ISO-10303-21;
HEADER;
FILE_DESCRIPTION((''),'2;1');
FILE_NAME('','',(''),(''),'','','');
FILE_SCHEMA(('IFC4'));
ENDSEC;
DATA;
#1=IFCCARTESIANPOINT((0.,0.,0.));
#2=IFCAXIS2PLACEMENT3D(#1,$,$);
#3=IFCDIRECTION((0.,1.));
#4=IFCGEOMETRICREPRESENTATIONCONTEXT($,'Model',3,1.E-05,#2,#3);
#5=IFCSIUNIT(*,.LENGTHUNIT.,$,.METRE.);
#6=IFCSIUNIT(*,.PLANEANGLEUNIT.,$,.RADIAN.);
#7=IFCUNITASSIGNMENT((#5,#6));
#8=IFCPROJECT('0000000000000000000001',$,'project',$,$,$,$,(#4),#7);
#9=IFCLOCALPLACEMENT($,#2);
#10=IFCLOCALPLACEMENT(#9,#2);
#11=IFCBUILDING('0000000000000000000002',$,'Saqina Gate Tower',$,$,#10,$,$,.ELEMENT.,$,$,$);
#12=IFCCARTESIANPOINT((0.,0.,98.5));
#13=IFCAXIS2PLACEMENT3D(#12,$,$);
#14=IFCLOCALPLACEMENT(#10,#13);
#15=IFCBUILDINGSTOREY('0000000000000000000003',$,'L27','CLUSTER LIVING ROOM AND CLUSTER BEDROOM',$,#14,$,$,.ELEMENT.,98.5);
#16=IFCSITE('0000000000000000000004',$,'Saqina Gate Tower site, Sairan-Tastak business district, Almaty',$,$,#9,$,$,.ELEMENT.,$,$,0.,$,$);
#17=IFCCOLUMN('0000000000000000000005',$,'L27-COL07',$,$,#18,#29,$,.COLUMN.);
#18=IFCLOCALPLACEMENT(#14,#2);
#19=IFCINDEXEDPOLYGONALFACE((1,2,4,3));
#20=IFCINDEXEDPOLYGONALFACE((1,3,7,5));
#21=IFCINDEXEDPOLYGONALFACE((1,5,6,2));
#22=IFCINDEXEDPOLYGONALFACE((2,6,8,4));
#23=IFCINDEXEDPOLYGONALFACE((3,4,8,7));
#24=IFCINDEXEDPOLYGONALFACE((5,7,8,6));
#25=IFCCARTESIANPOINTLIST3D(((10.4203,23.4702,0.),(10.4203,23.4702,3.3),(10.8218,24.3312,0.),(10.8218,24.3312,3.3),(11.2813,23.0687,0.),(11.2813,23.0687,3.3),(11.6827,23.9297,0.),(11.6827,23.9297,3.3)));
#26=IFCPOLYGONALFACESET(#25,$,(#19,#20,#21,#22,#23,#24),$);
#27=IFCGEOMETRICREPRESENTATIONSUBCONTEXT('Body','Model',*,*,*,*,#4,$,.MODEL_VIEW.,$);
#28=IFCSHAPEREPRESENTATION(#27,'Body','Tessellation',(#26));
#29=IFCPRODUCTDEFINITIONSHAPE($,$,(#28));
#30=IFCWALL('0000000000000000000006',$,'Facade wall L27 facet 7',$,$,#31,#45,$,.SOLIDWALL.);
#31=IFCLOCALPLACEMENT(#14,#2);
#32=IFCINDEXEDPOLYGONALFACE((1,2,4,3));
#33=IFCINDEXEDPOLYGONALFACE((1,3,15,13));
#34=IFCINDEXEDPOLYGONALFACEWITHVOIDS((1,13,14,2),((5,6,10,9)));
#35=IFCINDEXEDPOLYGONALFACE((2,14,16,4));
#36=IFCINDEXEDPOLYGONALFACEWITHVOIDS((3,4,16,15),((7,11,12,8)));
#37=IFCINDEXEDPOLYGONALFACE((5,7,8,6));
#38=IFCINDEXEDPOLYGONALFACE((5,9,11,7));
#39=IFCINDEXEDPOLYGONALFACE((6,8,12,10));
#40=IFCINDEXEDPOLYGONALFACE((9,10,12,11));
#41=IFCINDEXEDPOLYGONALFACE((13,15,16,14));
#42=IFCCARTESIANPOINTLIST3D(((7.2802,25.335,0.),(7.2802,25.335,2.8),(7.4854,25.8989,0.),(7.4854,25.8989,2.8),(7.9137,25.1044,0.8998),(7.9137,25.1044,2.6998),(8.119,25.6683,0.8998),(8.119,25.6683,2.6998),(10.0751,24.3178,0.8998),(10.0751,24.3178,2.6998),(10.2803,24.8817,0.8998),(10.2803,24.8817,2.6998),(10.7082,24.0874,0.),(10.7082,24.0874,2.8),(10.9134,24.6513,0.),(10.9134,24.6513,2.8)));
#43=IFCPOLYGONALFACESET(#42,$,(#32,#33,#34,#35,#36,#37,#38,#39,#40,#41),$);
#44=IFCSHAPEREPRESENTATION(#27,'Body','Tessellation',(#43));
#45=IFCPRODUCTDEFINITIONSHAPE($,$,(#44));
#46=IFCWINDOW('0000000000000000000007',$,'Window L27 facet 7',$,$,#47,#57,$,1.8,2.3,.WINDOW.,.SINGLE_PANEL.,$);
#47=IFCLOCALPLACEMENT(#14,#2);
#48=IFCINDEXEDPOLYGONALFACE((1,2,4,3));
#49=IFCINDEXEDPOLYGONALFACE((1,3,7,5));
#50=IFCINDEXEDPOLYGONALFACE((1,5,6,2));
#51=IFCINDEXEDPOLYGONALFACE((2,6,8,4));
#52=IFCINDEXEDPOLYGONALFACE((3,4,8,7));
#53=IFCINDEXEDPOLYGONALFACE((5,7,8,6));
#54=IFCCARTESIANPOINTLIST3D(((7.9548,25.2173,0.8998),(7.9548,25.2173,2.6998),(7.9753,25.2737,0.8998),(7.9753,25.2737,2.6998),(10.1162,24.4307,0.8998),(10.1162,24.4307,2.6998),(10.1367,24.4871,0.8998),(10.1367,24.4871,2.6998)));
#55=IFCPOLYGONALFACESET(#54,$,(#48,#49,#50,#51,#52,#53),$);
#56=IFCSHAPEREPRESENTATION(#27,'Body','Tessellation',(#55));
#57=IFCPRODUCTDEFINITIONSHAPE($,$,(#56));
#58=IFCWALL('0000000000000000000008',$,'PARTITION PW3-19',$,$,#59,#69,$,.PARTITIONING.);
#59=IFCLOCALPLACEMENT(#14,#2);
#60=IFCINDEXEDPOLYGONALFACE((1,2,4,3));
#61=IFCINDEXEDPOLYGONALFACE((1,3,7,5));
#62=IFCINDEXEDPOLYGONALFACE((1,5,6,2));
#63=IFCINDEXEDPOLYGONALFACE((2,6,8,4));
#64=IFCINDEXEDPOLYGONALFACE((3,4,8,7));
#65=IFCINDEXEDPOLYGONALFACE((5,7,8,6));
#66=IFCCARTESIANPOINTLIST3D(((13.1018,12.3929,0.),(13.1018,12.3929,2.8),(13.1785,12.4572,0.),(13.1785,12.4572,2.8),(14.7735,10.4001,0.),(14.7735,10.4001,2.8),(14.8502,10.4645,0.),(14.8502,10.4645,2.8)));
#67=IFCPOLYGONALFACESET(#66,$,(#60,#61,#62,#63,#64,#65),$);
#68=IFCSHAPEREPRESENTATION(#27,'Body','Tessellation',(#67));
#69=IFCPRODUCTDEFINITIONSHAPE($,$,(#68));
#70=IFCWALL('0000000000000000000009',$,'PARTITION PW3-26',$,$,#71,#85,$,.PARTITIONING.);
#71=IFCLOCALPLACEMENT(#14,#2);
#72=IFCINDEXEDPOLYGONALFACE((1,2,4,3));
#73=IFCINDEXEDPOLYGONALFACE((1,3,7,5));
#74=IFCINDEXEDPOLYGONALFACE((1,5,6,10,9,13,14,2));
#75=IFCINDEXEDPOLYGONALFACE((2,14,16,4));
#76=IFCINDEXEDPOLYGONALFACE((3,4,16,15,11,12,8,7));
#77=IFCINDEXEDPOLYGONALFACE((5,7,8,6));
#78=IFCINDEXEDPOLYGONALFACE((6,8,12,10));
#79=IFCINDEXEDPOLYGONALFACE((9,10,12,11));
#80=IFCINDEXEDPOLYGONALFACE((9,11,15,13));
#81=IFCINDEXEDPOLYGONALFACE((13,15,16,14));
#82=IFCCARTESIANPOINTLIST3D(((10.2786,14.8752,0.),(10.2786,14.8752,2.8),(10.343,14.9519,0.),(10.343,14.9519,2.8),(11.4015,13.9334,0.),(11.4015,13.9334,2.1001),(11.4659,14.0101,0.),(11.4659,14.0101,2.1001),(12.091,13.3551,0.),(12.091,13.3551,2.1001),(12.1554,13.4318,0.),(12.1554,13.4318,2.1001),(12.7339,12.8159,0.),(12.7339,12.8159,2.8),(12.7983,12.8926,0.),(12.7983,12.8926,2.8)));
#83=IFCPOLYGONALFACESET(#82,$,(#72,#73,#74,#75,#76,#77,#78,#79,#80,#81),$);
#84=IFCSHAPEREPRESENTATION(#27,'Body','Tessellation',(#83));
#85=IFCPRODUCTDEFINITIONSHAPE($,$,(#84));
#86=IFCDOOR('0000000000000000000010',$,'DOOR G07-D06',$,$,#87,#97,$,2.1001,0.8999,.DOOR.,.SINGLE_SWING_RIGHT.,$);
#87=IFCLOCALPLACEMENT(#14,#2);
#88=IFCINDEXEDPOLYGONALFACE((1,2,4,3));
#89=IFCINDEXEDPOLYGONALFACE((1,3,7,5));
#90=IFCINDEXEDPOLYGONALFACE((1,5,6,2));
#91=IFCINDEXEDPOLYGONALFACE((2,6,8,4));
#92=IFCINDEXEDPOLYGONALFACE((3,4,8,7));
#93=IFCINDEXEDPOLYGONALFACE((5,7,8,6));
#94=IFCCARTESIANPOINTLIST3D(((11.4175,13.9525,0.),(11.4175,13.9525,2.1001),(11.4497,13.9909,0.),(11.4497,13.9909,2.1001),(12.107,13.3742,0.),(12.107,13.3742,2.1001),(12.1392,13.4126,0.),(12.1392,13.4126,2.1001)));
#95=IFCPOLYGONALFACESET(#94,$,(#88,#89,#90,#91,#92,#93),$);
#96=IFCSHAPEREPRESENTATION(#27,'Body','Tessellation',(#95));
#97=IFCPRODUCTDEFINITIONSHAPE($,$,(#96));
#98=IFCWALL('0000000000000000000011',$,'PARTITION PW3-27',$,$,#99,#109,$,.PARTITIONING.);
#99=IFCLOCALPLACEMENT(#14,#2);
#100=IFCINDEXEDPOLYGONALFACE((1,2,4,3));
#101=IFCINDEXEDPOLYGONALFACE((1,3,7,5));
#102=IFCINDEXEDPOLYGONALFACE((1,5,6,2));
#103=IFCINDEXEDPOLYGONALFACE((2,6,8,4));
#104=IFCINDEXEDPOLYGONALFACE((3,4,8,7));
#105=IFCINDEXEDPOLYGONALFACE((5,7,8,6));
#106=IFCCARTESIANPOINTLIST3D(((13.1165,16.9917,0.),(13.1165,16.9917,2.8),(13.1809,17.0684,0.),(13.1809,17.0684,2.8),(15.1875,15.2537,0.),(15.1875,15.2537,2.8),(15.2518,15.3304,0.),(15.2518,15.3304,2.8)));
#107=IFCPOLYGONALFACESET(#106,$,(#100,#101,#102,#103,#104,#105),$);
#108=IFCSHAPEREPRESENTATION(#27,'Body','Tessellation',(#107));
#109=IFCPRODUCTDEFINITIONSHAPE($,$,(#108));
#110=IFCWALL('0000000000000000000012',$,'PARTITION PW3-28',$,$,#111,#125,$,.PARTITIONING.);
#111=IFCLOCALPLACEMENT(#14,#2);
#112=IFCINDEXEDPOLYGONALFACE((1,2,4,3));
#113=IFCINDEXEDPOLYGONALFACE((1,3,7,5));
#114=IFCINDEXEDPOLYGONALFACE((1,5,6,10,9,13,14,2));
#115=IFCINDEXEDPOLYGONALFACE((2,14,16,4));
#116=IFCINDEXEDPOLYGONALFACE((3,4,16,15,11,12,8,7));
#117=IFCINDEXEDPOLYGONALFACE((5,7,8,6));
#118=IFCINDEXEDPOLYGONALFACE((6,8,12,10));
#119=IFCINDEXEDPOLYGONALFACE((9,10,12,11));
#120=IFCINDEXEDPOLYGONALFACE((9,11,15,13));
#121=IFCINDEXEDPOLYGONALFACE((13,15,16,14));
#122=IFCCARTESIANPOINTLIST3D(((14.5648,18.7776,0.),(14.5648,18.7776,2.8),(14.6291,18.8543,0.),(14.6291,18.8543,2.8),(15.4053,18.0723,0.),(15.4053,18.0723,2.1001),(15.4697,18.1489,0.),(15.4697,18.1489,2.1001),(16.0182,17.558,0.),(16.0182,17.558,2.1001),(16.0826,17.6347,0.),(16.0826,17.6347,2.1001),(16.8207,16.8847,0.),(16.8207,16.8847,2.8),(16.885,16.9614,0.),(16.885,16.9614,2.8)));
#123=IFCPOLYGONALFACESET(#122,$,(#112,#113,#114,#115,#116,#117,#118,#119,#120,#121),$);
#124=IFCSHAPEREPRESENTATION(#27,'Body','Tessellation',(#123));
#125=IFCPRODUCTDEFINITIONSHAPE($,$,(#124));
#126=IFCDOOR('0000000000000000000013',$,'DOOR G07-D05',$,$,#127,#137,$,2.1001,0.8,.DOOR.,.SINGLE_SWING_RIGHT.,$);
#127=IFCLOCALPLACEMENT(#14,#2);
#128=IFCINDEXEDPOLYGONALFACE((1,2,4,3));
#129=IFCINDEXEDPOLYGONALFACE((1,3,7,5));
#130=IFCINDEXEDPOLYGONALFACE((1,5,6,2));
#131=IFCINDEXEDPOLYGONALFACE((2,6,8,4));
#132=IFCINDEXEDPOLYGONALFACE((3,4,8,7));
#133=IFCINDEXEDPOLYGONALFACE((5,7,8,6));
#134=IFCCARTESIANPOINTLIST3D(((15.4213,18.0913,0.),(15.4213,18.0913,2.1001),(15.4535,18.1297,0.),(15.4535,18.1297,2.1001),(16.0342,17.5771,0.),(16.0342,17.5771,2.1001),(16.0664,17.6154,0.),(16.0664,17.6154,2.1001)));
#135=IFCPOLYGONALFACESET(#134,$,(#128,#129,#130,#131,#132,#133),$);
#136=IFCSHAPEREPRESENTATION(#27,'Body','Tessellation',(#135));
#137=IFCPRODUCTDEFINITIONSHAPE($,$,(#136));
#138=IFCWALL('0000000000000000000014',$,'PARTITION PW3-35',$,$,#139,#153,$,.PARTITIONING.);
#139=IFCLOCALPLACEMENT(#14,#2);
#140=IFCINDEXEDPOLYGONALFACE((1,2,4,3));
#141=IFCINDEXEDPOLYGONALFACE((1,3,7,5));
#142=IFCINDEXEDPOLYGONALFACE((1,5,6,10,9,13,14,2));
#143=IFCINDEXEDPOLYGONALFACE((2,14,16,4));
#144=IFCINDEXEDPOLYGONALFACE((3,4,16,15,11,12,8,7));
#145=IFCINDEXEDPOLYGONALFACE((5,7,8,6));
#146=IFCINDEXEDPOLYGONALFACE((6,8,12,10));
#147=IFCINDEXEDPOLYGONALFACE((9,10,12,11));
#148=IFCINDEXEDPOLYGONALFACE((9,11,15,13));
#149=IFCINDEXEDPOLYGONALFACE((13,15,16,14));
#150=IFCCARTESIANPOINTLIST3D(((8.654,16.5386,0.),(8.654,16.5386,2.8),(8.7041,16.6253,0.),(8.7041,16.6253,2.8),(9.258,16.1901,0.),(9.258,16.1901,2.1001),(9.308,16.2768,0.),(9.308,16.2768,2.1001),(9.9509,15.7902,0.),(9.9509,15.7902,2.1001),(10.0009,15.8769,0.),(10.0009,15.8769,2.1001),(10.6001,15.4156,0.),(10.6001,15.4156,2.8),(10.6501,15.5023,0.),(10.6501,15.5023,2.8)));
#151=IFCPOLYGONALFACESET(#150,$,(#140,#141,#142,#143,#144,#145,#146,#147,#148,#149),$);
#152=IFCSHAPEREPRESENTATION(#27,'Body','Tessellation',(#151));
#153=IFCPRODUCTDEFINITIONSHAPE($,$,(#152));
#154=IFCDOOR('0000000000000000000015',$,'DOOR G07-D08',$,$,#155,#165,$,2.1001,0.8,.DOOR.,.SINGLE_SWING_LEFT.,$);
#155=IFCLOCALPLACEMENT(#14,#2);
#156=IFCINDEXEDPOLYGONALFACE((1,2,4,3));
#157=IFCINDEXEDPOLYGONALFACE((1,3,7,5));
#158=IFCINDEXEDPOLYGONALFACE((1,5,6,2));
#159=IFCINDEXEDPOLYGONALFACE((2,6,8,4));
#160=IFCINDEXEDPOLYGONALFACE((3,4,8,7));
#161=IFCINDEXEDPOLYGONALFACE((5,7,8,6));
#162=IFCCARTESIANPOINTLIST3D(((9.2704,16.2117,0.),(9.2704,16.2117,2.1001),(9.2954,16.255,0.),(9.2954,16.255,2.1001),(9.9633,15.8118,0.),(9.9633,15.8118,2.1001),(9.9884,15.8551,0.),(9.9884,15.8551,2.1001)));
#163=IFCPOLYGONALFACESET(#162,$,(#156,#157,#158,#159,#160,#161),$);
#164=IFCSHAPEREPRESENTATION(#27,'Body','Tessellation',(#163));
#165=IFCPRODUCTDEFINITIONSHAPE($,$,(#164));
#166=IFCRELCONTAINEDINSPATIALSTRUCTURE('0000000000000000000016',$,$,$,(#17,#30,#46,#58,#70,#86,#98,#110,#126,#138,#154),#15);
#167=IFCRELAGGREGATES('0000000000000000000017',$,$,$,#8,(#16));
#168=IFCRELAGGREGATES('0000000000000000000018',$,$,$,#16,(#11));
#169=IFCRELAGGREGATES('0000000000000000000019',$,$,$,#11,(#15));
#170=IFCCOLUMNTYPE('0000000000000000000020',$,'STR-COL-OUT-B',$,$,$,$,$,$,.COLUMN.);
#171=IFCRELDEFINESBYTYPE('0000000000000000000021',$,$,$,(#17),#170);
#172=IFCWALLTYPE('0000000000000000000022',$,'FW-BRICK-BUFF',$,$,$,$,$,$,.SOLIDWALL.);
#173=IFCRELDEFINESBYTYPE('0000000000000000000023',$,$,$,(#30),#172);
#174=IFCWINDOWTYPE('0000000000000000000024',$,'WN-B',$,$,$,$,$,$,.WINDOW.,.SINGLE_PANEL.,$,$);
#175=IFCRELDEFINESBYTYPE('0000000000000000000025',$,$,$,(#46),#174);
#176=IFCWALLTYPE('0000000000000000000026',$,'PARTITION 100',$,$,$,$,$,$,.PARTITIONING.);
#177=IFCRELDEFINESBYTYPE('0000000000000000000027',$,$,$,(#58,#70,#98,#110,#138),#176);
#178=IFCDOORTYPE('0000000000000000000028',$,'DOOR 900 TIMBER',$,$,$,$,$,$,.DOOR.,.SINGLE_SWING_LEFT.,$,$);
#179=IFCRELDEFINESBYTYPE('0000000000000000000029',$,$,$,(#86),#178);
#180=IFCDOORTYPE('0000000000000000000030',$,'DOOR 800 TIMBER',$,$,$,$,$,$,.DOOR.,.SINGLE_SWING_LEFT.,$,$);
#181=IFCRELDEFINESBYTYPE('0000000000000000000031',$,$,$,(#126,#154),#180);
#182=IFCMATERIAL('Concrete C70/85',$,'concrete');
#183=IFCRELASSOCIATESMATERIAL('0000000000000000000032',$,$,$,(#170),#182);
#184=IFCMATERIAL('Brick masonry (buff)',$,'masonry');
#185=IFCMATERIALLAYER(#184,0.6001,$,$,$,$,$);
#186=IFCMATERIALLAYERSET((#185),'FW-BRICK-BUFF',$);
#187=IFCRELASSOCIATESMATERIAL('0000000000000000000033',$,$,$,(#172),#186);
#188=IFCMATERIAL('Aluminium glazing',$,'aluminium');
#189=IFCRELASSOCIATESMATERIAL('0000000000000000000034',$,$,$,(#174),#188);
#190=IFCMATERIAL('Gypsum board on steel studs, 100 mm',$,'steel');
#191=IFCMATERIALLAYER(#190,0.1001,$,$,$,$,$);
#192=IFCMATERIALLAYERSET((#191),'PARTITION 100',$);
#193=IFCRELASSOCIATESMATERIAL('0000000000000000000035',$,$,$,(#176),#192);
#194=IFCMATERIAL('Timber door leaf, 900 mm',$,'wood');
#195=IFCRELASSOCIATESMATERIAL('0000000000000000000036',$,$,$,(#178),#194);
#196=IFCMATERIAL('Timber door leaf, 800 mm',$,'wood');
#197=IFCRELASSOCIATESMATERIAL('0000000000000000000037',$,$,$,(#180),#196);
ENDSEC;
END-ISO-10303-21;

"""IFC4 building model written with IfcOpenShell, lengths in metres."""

from ifc_helpers import new_model, si_unit, direction, frame, frame_2d, origin, origin_2d, place, context, subcontext, project, spatial, rectangle, extrude, material, layer, layer_set, material_profile, profile_set, type_object, element, fill, save


model = new_model("IFC4")

# Units and contexts
model_context = context("Model", 3, precision=1e-05, world=origin(), true_north=direction((0.0, 1.0)))
body_context = subcontext(model_context, "Body", "Model", "MODEL_VIEW")
ifc_project = project(units=[si_unit("LENGTHUNIT", "METRE"), si_unit("PLANEANGLEUNIT", "RADIAN")], contexts=[model_context])

# Site, building, storey
site_placement = place(None, origin())
site = spatial("IfcSite", under=ifc_project, at=site_placement, Name="Saqina Gate Tower site, Sairan-Tastak business district, Almaty", CompositionType="ELEMENT", RefElevation=0.0)
building_placement = place(site_placement, origin())
building = spatial("IfcBuilding", under=site, at=building_placement, Name="Saqina Gate Tower", CompositionType="ELEMENT")
storey_placement = place(building_placement, frame((0.0, 0.0, 98.5)))
storey = spatial("IfcBuildingStorey", under=building, at=storey_placement, Name="L27", Description="CLUSTER LIVING ROOM AND CLUSTER BEDROOM", CompositionType="ELEMENT", Elevation=98.5)

# Column
ifc_material_1 = material(Name="Concrete C70/85", Category="concrete")
ifc_material_profile = material_profile(ifc_material_1, rectangle(XDim=0.95, YDim=0.95, at=origin_2d()), Name="RC 950x950")
ifc_profile_set = profile_set([ifc_material_profile], Name="Concrete C70/85")
column_type = type_object("IfcColumnType", Name="STR-COL-OUT-B", PredefinedType="COLUMN", material=ifc_profile_set)
column_placement = place(storey_placement, frame((11.0515, 23.7, 0.0), z_axis=(0.0, 0.0, 1.0), x_axis=(0.422618, 0.906308, 0.0)))
element("IfcColumn", 1, at=column_placement, inside=storey, type_object=column_type, Name="L27-COL07", PredefinedType="COLUMN", context=body_context, shape_type="SweptSolid", body=[
    extrude(rectangle(XDim=0.95, YDim=0.95, at=origin_2d()), origin(), (0.0, 0.0, 1.0), 3.3),
])

# Wall, opening, window
ifc_material_2 = material(Name="Brick masonry (buff)", Category="masonry")
ifc_layer_1 = layer(ifc_material_2, 0.6001)
ifc_layer_set_1 = layer_set([ifc_layer_1], Name="FW-BRICK-BUFF")
wall_type_1 = type_object("IfcWallType", Name="FW-BRICK-BUFF", PredefinedType="SOLIDWALL", material=ifc_layer_set_1)
wall_1_placement = place(storey_placement, frame((10.8108, 24.3694, 0.0), z_axis=(0.0, 0.0, 1.0), x_axis=(-0.939704, 0.34199, 0.0)))
wall_1 = element("IfcWall", 2, at=wall_1_placement, inside=storey, type_object=wall_type_1, Name="Facade wall L27 facet 7", PredefinedType="SOLIDWALL", context=body_context, shape_type="SweptSolid", body=[
    extrude(rectangle(XDim=3.6479, YDim=0.6001, at=frame_2d((1.824, 0.0))), origin(), (0.0, 0.0, 1.0), 2.8),
])
opening_1_placement = place(wall_1_placement, frame((0.6738, 0.0, 0.8999)))
opening_1 = element("IfcOpeningElement", 3, at=opening_1_placement, cuts=wall_1, PredefinedType="OPENING", context=body_context, shape_type="SweptSolid", body=[
    extrude(rectangle(XDim=2.3, YDim=1.8, at=frame_2d((1.1499, 0.8999))), frame((0.0, 0.312, 0.0), z_axis=(0.0, -1.0, 0.0), x_axis=(1.0, 0.0, 0.0)), (0.0, 0.0, 1.0), 0.624),
])
ifc_material_3 = material(Name="Aluminium glazing", Category="aluminium")
window_type = type_object("IfcWindowType", Name="WN-B", PartitioningType="SINGLE_PANEL", PredefinedType="WINDOW", material=ifc_material_3)
window_placement = place(opening_1_placement, origin())
window = element("IfcWindow", 4, at=window_placement, inside=storey, type_object=window_type, Name="Window L27 facet 7", OverallHeight=1.8, OverallWidth=2.3, PartitioningType="SINGLE_PANEL", PredefinedType="WINDOW", context=body_context, shape_type="SweptSolid", body=[
    extrude(rectangle(XDim=2.3, YDim=1.8, at=frame_2d((1.1499, 0.8999))), frame((0.0, 0.1799, 0.0), z_axis=(0.0, -1.0, 0.0), x_axis=(1.0, 0.0, 0.0)), (0.0, 0.0, 1.0), 0.0601),
])
fill(opening_1, window)

# Wall
ifc_material_4 = material(Name="Gypsum board on steel studs, 100 mm", Category="steel")
ifc_layer_2 = layer(ifc_material_4, 0.1001)
ifc_layer_set_2 = layer_set([ifc_layer_2], Name="PARTITION 100")
wall_type_2 = type_object("IfcWallType", Name="PARTITION 100", PredefinedType="PARTITIONING", material=ifc_layer_set_2)
wall_2_placement = place(storey_placement, frame((13.1401, 12.425, 0.0), z_axis=(0.0, 0.0, 1.0), x_axis=(0.642692, -0.766124, 0.0)))
element("IfcWall", 5, at=wall_2_placement, inside=storey, type_object=wall_type_2, Name="PARTITION PW3-19", PredefinedType="PARTITIONING", context=body_context, shape_type="SweptSolid", body=[
    extrude(rectangle(XDim=2.6011, YDim=0.1001, at=frame_2d((1.3005, 0.0))), origin(), (0.0, 0.0, 1.0), 2.8),
])

# Wall, opening, door
wall_3_placement = place(storey_placement, frame((10.3108, 14.9136, 0.0), z_axis=(0.0, 0.0, 1.0), x_axis=(0.766188, -0.642617, 0.0)))
wall_3 = element("IfcWall", 6, at=wall_3_placement, inside=storey, type_object=wall_type_2, Name="PARTITION PW3-26", PredefinedType="PARTITIONING", context=body_context, shape_type="SweptSolid", body=[
    extrude(rectangle(XDim=3.2046, YDim=0.1001, at=frame_2d((1.6023, 0.0))), origin(), (0.0, 0.0, 1.0), 2.8),
])
opening_2_placement = place(wall_3_placement, frame((1.4656, 0.0, 0.0)))
opening_2 = element("IfcOpeningElement", 7, at=opening_2_placement, cuts=wall_3, PredefinedType="OPENING", context=body_context, shape_type="SweptSolid", body=[
    extrude(rectangle(XDim=0.8999, YDim=2.1001, at=frame_2d((0.45, 1.05))), frame((0.0, 0.062, 0.0), z_axis=(0.0, -1.0, 0.0), x_axis=(1.0, 0.0, 0.0)), (0.0, 0.0, 1.0), 0.124),
])
ifc_material_5 = material(Name="Timber door leaf, 900 mm", Category="wood")
door_type_1 = type_object("IfcDoorType", Name="DOOR 900 TIMBER", OperationType="SINGLE_SWING_LEFT", PredefinedType="DOOR", material=ifc_material_5)
door_1_placement = place(opening_2_placement, origin())
door_1 = element("IfcDoor", 8, at=door_1_placement, inside=storey, type_object=door_type_1, Name="DOOR G07-D06", OperationType="SINGLE_SWING_RIGHT", OverallHeight=2.1001, OverallWidth=0.8999, PredefinedType="DOOR", context=body_context, shape_type="SweptSolid", body=[
    extrude(rectangle(XDim=0.8999, YDim=2.1001, at=frame_2d((0.45, 1.05))), frame((0.0, 0.0249, 0.0), z_axis=(0.0, -1.0, 0.0), x_axis=(1.0, 0.0, 0.0)), (0.0, 0.0, 1.0), 0.05),
])
fill(opening_2, door_1)

# Wall
wall_4_placement = place(storey_placement, frame((13.1487, 17.03, 0.0), z_axis=(0.0, 0.0, 1.0), x_axis=(0.766004, -0.642836, 0.0)))
element("IfcWall", 9, at=wall_4_placement, inside=storey, type_object=wall_type_2, Name="PARTITION PW3-27", PredefinedType="PARTITIONING", context=body_context, shape_type="SweptSolid", body=[
    extrude(rectangle(XDim=2.7036, YDim=0.1001, at=frame_2d((1.3518, 0.0))), origin(), (0.0, 0.0, 1.0), 2.8),
])

# Walls, openings, doors
wall_5_placement = place(storey_placement, frame((14.5969, 18.8159, 0.0), z_axis=(0.0, 0.0, 1.0), x_axis=(0.766056, -0.642774, 0.0)))
wall_5 = element("IfcWall", 10, at=wall_5_placement, inside=storey, type_object=wall_type_2, Name="PARTITION PW3-28", PredefinedType="PARTITIONING", context=body_context, shape_type="SweptSolid", body=[
    extrude(rectangle(XDim=2.9448, YDim=0.1001, at=frame_2d((1.4724, 0.0))), origin(), (0.0, 0.0, 1.0), 2.8),
])
opening_3_placement = place(wall_5_placement, frame((1.0974, 0.0, 0.0)))
opening_3 = element("IfcOpeningElement", 11, at=opening_3_placement, cuts=wall_5, PredefinedType="OPENING", context=body_context, shape_type="SweptSolid", body=[
    extrude(rectangle(XDim=0.8, YDim=2.1001, at=frame_2d((0.3999, 1.05))), frame((0.0, 0.062, 0.0), z_axis=(0.0, -1.0, 0.0), x_axis=(1.0, 0.0, 0.0)), (0.0, 0.0, 1.0), 0.124),
])
ifc_material_6 = material(Name="Timber door leaf, 800 mm", Category="wood")
door_type_2 = type_object("IfcDoorType", Name="DOOR 800 TIMBER", OperationType="SINGLE_SWING_LEFT", PredefinedType="DOOR", material=ifc_material_6)
door_2_placement = place(opening_3_placement, origin())
door_2 = element("IfcDoor", 12, at=door_2_placement, inside=storey, type_object=door_type_2, Name="DOOR G07-D05", OperationType="SINGLE_SWING_RIGHT", OverallHeight=2.1001, OverallWidth=0.8, PredefinedType="DOOR", context=body_context, shape_type="SweptSolid", body=[
    extrude(rectangle(XDim=0.8, YDim=2.1001, at=frame_2d((0.3999, 1.05))), frame((0.0, 0.0249, 0.0), z_axis=(0.0, -1.0, 0.0), x_axis=(1.0, 0.0, 0.0)), (0.0, 0.0, 1.0), 0.05),
])
fill(opening_3, door_2)
wall_6_placement = place(storey_placement, frame((8.679, 16.582, 0.0), z_axis=(0.0, 0.0, 1.0), x_axis=(0.866122, -0.499832, 0.0)))
wall_6 = element("IfcWall", 13, at=wall_6_placement, inside=storey, type_object=wall_type_2, Name="PARTITION PW3-35", PredefinedType="PARTITIONING", context=body_context, shape_type="SweptSolid", body=[
    extrude(rectangle(XDim=2.2468, YDim=0.1001, at=frame_2d((1.1235, 0.0))), origin(), (0.0, 0.0, 1.0), 2.8),
])
opening_4_placement = place(wall_6_placement, frame((0.6975, 0.0, 0.0)))
opening_4 = element("IfcOpeningElement", 14, at=opening_4_placement, cuts=wall_6, PredefinedType="OPENING", context=body_context, shape_type="SweptSolid", body=[
    extrude(rectangle(XDim=0.8, YDim=2.1001, at=frame_2d((0.3999, 1.05))), frame((0.0, 0.062, 0.0), z_axis=(0.0, -1.0, 0.0), x_axis=(1.0, 0.0, 0.0)), (0.0, 0.0, 1.0), 0.124),
])
door_3_placement = place(opening_4_placement, origin())
door_3 = element("IfcDoor", 15, at=door_3_placement, inside=storey, type_object=door_type_2, Name="DOOR G07-D08", OperationType="SINGLE_SWING_LEFT", OverallHeight=2.1001, OverallWidth=0.8, PredefinedType="DOOR", context=body_context, shape_type="SweptSolid", body=[
    extrude(rectangle(XDim=0.8, YDim=2.1001, at=frame_2d((0.3999, 1.05))), frame((0.0, 0.0249, 0.0), z_axis=(0.0, -1.0, 0.0), x_axis=(1.0, 0.0, 0.0)), (0.0, 0.0, 1.0), 0.05),
])
fill(opening_4, door_3)

save(model, "model.ifc")
